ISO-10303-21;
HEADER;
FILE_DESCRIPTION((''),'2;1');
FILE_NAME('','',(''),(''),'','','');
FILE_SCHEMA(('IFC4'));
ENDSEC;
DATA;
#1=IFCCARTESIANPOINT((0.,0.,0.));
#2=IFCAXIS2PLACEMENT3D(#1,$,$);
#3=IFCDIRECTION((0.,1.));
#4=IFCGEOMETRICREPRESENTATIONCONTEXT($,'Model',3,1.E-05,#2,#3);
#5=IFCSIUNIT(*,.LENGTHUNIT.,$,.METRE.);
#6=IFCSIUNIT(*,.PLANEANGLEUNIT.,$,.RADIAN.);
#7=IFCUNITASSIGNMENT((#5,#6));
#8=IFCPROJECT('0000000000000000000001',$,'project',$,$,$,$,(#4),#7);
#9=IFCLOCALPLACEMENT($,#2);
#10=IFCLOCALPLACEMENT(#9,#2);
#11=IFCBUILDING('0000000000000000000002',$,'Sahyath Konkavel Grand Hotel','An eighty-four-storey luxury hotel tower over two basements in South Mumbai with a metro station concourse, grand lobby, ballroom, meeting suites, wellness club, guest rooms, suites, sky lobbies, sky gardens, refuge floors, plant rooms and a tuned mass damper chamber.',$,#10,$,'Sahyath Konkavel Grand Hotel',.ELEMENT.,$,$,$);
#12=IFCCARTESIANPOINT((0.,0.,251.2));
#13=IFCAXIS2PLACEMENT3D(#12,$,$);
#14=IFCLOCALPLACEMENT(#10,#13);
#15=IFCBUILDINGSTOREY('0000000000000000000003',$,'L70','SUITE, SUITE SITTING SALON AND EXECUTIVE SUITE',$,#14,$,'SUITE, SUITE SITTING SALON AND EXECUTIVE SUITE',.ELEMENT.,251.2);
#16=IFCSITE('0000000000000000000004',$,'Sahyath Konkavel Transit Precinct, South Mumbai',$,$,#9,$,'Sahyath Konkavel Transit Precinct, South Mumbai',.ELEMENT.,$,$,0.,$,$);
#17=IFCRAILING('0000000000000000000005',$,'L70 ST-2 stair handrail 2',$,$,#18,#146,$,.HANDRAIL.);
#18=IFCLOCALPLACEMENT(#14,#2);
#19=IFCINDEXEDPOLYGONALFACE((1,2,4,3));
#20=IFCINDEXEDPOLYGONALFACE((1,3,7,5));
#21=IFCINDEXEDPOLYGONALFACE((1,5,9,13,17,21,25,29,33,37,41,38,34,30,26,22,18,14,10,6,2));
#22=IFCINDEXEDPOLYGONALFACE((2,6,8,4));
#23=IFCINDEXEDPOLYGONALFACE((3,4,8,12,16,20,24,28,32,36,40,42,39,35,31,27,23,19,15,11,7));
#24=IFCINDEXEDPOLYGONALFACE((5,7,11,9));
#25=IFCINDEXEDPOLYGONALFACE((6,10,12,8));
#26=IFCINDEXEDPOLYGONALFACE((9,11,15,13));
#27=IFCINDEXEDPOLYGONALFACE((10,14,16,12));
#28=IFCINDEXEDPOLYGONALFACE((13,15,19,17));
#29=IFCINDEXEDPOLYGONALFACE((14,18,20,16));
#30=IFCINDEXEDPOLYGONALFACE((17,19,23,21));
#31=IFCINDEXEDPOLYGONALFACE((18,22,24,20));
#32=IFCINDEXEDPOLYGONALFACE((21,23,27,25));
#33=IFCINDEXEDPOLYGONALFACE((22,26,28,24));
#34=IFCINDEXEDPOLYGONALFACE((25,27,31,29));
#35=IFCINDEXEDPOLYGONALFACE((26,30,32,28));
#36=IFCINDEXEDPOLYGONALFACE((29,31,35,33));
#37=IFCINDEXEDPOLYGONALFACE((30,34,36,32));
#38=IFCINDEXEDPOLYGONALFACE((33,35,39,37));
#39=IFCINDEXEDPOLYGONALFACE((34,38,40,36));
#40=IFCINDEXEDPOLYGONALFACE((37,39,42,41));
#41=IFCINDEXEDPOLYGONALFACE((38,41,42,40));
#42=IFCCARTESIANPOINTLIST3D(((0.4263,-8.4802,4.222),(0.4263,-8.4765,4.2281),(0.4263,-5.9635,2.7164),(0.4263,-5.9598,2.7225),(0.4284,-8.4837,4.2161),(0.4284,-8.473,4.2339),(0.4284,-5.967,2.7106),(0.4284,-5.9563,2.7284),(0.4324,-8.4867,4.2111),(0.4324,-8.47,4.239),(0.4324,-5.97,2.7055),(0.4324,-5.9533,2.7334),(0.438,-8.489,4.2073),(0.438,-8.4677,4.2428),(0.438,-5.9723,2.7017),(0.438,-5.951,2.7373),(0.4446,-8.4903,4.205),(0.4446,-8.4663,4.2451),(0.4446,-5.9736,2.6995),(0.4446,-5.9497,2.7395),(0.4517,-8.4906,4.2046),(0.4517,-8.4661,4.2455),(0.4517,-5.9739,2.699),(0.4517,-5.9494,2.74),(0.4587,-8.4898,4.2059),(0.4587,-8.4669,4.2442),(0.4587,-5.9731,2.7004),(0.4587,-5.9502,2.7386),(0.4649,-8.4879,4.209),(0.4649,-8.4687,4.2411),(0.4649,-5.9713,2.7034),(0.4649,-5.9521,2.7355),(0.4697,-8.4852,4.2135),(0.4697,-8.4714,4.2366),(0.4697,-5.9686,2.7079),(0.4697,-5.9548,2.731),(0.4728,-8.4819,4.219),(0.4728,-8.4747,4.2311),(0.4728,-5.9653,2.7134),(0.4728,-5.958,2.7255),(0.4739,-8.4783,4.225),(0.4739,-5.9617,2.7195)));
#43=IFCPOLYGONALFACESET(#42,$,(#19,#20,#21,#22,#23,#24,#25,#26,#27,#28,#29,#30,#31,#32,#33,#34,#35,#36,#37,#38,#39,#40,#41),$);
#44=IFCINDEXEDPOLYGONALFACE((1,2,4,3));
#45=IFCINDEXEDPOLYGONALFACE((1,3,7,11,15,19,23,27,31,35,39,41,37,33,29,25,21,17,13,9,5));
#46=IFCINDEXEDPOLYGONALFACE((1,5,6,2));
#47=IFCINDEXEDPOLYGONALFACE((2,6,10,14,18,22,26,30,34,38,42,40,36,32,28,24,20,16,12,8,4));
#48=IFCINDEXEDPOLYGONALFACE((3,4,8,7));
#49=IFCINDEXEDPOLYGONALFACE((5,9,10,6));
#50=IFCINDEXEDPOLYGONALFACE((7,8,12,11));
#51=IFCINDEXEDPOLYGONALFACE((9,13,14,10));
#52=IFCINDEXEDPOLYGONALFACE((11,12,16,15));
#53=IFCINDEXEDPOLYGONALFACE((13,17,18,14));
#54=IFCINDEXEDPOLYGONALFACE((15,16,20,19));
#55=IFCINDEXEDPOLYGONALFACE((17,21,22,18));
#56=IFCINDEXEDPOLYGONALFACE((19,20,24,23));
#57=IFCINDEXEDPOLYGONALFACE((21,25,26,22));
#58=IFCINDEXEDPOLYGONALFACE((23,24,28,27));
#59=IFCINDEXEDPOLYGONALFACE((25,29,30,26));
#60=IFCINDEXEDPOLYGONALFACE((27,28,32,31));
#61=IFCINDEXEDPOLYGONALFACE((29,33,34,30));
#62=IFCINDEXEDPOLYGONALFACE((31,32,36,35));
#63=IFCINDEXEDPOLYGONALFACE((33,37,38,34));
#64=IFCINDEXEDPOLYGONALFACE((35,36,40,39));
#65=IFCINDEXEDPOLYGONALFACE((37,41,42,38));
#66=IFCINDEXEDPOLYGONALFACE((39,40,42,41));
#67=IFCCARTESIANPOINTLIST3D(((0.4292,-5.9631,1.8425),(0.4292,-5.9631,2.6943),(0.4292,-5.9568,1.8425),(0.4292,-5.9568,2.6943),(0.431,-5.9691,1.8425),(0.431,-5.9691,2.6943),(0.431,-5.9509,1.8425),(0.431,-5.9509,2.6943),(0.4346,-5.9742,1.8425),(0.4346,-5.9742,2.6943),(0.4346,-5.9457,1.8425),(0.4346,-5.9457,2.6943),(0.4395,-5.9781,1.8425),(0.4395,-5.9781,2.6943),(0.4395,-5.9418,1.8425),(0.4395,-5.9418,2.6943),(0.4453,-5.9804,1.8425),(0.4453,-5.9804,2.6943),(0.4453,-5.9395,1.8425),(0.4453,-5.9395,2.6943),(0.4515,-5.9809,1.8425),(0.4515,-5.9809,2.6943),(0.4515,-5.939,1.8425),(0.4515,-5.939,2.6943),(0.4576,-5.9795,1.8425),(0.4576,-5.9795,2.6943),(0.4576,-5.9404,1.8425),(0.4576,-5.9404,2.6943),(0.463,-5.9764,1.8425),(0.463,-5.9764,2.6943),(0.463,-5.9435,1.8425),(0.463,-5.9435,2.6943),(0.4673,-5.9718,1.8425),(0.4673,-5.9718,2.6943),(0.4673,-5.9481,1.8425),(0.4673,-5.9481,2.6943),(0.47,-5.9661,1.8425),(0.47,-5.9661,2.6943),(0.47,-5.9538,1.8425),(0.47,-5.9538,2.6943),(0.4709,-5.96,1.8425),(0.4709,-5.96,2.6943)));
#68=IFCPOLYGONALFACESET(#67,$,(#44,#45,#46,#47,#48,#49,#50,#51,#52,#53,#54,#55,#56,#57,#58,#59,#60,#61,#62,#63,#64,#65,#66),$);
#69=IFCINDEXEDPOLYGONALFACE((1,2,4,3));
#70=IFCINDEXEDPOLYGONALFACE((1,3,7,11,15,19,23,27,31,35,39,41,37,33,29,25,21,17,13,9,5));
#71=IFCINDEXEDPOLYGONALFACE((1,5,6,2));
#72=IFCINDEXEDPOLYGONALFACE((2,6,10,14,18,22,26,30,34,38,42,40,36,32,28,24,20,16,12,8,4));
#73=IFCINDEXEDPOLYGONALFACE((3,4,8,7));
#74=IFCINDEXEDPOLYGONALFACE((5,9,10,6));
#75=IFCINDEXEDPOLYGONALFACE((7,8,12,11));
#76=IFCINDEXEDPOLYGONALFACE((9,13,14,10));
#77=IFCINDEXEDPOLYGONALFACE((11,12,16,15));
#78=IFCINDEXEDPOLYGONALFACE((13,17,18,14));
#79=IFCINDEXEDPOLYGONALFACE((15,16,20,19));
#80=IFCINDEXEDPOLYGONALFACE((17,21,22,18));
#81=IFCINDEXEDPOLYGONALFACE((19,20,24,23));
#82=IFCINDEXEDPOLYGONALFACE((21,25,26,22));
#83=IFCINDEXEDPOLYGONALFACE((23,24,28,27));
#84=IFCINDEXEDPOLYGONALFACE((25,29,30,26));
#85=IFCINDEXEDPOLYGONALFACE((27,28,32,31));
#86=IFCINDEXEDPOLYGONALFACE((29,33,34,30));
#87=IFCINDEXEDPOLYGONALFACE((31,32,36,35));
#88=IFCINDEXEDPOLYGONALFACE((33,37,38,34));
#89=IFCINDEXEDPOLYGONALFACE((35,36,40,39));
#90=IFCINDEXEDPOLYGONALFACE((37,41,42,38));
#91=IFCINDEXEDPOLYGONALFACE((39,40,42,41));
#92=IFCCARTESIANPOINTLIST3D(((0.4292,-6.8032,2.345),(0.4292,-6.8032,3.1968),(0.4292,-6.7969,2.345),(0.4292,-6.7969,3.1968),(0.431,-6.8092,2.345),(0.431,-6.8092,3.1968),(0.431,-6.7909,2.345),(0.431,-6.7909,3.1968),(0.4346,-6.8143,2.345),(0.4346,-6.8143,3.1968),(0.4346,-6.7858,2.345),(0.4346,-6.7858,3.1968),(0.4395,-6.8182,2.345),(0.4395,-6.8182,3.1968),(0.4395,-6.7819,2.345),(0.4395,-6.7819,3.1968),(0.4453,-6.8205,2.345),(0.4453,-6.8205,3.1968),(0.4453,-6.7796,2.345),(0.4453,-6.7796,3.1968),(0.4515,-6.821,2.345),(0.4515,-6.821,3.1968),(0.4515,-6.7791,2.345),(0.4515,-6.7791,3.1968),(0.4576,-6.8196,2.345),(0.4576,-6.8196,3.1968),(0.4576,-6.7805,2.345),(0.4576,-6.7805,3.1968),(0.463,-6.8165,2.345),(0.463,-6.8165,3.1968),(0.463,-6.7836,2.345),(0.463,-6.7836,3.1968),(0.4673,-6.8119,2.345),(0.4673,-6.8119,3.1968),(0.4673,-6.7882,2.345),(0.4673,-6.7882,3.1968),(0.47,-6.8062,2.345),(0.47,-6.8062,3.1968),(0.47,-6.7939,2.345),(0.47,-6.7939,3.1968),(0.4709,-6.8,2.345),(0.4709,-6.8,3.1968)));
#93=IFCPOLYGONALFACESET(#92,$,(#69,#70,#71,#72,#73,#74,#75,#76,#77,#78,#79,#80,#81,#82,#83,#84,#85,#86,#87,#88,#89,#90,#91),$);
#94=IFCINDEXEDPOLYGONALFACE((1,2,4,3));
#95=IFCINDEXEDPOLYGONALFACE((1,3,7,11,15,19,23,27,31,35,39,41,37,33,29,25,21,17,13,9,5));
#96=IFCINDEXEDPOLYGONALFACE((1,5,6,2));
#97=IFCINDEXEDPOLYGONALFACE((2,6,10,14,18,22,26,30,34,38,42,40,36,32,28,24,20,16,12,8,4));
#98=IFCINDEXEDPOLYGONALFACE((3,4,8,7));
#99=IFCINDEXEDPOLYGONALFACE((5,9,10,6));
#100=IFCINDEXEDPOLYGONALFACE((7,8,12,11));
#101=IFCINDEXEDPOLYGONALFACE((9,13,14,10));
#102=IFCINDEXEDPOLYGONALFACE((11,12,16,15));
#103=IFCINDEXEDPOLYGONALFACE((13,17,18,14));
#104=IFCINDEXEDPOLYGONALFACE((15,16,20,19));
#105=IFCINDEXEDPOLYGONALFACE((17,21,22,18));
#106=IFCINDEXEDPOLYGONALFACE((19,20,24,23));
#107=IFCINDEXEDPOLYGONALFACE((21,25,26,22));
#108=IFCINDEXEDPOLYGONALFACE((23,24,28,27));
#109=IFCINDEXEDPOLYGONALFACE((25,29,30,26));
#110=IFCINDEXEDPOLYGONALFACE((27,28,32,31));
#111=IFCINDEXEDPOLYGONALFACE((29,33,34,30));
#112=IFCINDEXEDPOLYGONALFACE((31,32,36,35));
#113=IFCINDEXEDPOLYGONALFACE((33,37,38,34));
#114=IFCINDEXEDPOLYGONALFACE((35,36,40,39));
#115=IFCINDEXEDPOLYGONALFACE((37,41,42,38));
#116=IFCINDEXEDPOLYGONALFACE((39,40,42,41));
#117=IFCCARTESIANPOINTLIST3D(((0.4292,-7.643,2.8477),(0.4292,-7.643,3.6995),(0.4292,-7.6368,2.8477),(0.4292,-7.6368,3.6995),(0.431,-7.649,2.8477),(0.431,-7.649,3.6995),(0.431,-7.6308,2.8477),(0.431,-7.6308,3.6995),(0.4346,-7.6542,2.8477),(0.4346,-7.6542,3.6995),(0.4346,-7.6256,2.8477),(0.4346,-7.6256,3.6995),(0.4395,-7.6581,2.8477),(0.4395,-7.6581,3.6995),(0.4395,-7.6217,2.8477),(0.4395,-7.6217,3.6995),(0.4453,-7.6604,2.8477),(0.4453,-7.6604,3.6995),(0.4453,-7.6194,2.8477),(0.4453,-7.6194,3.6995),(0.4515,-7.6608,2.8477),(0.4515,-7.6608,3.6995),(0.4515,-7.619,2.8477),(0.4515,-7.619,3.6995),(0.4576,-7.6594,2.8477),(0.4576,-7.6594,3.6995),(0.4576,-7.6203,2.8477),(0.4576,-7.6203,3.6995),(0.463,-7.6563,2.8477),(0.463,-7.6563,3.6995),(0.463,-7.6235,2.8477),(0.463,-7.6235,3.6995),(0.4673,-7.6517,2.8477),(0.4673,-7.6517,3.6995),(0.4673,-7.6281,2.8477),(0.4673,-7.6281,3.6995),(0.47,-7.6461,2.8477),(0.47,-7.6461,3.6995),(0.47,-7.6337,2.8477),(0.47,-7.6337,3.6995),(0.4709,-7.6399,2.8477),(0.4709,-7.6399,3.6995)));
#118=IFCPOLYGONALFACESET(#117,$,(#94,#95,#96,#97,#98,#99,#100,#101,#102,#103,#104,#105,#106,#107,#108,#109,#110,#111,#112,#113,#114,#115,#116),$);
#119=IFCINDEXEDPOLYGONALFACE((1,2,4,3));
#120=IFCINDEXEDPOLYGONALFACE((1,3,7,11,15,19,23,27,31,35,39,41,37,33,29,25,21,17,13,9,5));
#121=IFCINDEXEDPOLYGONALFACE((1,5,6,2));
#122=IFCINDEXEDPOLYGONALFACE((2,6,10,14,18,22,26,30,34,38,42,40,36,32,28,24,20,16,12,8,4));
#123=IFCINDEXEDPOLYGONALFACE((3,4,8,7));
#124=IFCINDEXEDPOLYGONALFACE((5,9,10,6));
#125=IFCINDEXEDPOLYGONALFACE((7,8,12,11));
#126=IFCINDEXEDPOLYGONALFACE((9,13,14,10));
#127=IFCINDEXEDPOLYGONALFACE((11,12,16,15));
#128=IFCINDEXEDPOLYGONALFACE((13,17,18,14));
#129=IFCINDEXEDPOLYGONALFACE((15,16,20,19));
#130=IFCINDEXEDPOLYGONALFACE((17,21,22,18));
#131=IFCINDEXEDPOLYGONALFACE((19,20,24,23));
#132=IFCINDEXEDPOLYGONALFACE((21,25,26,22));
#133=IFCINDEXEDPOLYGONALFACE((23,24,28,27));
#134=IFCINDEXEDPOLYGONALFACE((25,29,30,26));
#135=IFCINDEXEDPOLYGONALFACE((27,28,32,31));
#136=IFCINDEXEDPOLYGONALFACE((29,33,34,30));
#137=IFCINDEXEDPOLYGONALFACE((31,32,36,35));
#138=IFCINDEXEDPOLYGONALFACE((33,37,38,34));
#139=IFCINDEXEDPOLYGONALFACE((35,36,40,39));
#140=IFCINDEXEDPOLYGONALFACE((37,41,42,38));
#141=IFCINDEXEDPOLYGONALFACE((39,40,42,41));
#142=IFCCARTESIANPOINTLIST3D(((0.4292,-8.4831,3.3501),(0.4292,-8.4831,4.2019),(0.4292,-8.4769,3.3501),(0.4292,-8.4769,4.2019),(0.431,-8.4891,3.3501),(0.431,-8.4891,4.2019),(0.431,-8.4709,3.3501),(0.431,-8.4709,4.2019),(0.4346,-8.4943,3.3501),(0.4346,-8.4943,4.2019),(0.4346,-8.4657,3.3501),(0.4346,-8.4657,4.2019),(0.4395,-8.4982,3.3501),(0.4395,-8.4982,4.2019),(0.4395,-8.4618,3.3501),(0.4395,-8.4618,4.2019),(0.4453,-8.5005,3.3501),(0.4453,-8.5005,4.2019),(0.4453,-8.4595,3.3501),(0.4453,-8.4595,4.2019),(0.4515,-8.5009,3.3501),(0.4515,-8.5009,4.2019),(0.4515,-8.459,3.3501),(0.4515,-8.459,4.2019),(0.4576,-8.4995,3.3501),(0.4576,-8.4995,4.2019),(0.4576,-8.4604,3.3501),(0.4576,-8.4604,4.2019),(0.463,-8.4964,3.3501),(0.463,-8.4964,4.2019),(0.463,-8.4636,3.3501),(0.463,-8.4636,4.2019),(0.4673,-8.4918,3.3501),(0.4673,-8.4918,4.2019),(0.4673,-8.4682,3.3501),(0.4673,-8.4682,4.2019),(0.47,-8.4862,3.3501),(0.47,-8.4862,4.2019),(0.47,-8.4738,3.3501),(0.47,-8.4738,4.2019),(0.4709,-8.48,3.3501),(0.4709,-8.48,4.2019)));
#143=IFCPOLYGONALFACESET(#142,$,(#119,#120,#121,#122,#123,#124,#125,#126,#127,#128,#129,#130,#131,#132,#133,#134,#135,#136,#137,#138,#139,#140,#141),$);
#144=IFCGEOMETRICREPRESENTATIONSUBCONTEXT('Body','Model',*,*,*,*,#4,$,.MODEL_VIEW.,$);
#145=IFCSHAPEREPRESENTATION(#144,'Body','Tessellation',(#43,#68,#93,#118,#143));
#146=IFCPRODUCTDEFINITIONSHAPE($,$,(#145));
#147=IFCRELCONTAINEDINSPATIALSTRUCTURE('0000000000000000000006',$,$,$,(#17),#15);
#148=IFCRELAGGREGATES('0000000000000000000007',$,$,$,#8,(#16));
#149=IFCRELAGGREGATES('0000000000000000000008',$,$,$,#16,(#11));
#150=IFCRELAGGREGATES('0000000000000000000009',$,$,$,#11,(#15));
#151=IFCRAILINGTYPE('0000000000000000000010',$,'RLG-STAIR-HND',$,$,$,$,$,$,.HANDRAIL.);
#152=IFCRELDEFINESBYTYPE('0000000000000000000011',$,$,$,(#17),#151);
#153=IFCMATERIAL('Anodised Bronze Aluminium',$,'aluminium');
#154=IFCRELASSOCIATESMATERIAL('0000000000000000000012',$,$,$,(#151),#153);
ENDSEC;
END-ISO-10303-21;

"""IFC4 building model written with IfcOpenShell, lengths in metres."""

from ifc_helpers import new_model, si_unit, direction, frame, origin, origin_2d, place, context, subcontext, project, spatial, circle, extrude, material, type_object, element, save


model = new_model("IFC4")

# Units and contexts
model_context = context("Model", 3, precision=1e-05, world=origin(), true_north=direction((0.0, 1.0)))
body_context = subcontext(model_context, "Body", "Model", "MODEL_VIEW")
ifc_project = project(units=[si_unit("LENGTHUNIT", "METRE"), si_unit("PLANEANGLEUNIT", "RADIAN")], contexts=[model_context])

# Site, building, storey
site_placement = place(None, origin())
site = spatial("IfcSite", under=ifc_project, at=site_placement, Name="Sahyath Konkavel Transit Precinct, South Mumbai", LongName="Sahyath Konkavel Transit Precinct, South Mumbai", CompositionType="ELEMENT", RefElevation=0.0)
building_placement = place(site_placement, origin())
building = spatial("IfcBuilding", under=site, at=building_placement, Name="Sahyath Konkavel Grand Hotel", Description="An eighty-four-storey luxury hotel tower over two basements in South Mumbai with a metro station concourse, grand lobby, ballroom, meeting suites, wellness club, guest rooms, suites, sky lobbies, sky gardens, refuge floors, plant rooms and a tuned mass damper chamber.", LongName="Sahyath Konkavel Grand Hotel", CompositionType="ELEMENT")
storey_placement = place(building_placement, frame((0.0, 0.0, 251.2)))
storey = spatial("IfcBuildingStorey", under=building, at=storey_placement, Name="L70", Description="SUITE, SUITE SITTING SALON AND EXECUTIVE SUITE", LongName="SUITE, SUITE SITTING SALON AND EXECUTIVE SUITE", CompositionType="ELEMENT", Elevation=251.2)

# Shared definitions
ifc_material_1 = material(Name="Anodised Bronze Aluminium", Category="aluminium")

# Railing
railing_type_1 = type_object("IfcRailingType", Name="RLG-STAIR-HND", PredefinedType="HANDRAIL", material=ifc_material_1)
railing_1_placement = place(storey_placement, frame((0.45, -5.96, 1.8425)))
element("IfcRailing", 1, at=railing_1_placement, inside=storey, type_object=railing_type_1, Name="L70 ST-2 stair handrail 2", PredefinedType="HANDRAIL", context=body_context, shape_type="SweptSolid", body=[
    extrude(circle(Radius=0.0239, at=origin_2d()), frame((0.0, -0.0017, 0.877), z_axis=(0.0, -0.85816, 0.513383), x_axis=(1.0, 0.0, 0.0)), (0.0, 0.0, 1.0), 2.9326),
    extrude(circle(Radius=0.021, at=origin_2d()), origin(), (0.0, 0.0, 1.0), 0.8518),
    extrude(circle(Radius=0.021, at=origin_2d()), frame((0.0, -0.8401, 0.5024)), (0.0, 0.0, 1.0), 0.8518),
    extrude(circle(Radius=0.021, at=origin_2d()), frame((0.0, -1.6799, 1.0051)), (0.0, 0.0, 1.0), 0.8518),
    extrude(circle(Radius=0.021, at=origin_2d()), frame((0.0, -2.52, 1.5076)), (0.0, 0.0, 1.0), 0.8518),
])

save(model, "model.ifc")
